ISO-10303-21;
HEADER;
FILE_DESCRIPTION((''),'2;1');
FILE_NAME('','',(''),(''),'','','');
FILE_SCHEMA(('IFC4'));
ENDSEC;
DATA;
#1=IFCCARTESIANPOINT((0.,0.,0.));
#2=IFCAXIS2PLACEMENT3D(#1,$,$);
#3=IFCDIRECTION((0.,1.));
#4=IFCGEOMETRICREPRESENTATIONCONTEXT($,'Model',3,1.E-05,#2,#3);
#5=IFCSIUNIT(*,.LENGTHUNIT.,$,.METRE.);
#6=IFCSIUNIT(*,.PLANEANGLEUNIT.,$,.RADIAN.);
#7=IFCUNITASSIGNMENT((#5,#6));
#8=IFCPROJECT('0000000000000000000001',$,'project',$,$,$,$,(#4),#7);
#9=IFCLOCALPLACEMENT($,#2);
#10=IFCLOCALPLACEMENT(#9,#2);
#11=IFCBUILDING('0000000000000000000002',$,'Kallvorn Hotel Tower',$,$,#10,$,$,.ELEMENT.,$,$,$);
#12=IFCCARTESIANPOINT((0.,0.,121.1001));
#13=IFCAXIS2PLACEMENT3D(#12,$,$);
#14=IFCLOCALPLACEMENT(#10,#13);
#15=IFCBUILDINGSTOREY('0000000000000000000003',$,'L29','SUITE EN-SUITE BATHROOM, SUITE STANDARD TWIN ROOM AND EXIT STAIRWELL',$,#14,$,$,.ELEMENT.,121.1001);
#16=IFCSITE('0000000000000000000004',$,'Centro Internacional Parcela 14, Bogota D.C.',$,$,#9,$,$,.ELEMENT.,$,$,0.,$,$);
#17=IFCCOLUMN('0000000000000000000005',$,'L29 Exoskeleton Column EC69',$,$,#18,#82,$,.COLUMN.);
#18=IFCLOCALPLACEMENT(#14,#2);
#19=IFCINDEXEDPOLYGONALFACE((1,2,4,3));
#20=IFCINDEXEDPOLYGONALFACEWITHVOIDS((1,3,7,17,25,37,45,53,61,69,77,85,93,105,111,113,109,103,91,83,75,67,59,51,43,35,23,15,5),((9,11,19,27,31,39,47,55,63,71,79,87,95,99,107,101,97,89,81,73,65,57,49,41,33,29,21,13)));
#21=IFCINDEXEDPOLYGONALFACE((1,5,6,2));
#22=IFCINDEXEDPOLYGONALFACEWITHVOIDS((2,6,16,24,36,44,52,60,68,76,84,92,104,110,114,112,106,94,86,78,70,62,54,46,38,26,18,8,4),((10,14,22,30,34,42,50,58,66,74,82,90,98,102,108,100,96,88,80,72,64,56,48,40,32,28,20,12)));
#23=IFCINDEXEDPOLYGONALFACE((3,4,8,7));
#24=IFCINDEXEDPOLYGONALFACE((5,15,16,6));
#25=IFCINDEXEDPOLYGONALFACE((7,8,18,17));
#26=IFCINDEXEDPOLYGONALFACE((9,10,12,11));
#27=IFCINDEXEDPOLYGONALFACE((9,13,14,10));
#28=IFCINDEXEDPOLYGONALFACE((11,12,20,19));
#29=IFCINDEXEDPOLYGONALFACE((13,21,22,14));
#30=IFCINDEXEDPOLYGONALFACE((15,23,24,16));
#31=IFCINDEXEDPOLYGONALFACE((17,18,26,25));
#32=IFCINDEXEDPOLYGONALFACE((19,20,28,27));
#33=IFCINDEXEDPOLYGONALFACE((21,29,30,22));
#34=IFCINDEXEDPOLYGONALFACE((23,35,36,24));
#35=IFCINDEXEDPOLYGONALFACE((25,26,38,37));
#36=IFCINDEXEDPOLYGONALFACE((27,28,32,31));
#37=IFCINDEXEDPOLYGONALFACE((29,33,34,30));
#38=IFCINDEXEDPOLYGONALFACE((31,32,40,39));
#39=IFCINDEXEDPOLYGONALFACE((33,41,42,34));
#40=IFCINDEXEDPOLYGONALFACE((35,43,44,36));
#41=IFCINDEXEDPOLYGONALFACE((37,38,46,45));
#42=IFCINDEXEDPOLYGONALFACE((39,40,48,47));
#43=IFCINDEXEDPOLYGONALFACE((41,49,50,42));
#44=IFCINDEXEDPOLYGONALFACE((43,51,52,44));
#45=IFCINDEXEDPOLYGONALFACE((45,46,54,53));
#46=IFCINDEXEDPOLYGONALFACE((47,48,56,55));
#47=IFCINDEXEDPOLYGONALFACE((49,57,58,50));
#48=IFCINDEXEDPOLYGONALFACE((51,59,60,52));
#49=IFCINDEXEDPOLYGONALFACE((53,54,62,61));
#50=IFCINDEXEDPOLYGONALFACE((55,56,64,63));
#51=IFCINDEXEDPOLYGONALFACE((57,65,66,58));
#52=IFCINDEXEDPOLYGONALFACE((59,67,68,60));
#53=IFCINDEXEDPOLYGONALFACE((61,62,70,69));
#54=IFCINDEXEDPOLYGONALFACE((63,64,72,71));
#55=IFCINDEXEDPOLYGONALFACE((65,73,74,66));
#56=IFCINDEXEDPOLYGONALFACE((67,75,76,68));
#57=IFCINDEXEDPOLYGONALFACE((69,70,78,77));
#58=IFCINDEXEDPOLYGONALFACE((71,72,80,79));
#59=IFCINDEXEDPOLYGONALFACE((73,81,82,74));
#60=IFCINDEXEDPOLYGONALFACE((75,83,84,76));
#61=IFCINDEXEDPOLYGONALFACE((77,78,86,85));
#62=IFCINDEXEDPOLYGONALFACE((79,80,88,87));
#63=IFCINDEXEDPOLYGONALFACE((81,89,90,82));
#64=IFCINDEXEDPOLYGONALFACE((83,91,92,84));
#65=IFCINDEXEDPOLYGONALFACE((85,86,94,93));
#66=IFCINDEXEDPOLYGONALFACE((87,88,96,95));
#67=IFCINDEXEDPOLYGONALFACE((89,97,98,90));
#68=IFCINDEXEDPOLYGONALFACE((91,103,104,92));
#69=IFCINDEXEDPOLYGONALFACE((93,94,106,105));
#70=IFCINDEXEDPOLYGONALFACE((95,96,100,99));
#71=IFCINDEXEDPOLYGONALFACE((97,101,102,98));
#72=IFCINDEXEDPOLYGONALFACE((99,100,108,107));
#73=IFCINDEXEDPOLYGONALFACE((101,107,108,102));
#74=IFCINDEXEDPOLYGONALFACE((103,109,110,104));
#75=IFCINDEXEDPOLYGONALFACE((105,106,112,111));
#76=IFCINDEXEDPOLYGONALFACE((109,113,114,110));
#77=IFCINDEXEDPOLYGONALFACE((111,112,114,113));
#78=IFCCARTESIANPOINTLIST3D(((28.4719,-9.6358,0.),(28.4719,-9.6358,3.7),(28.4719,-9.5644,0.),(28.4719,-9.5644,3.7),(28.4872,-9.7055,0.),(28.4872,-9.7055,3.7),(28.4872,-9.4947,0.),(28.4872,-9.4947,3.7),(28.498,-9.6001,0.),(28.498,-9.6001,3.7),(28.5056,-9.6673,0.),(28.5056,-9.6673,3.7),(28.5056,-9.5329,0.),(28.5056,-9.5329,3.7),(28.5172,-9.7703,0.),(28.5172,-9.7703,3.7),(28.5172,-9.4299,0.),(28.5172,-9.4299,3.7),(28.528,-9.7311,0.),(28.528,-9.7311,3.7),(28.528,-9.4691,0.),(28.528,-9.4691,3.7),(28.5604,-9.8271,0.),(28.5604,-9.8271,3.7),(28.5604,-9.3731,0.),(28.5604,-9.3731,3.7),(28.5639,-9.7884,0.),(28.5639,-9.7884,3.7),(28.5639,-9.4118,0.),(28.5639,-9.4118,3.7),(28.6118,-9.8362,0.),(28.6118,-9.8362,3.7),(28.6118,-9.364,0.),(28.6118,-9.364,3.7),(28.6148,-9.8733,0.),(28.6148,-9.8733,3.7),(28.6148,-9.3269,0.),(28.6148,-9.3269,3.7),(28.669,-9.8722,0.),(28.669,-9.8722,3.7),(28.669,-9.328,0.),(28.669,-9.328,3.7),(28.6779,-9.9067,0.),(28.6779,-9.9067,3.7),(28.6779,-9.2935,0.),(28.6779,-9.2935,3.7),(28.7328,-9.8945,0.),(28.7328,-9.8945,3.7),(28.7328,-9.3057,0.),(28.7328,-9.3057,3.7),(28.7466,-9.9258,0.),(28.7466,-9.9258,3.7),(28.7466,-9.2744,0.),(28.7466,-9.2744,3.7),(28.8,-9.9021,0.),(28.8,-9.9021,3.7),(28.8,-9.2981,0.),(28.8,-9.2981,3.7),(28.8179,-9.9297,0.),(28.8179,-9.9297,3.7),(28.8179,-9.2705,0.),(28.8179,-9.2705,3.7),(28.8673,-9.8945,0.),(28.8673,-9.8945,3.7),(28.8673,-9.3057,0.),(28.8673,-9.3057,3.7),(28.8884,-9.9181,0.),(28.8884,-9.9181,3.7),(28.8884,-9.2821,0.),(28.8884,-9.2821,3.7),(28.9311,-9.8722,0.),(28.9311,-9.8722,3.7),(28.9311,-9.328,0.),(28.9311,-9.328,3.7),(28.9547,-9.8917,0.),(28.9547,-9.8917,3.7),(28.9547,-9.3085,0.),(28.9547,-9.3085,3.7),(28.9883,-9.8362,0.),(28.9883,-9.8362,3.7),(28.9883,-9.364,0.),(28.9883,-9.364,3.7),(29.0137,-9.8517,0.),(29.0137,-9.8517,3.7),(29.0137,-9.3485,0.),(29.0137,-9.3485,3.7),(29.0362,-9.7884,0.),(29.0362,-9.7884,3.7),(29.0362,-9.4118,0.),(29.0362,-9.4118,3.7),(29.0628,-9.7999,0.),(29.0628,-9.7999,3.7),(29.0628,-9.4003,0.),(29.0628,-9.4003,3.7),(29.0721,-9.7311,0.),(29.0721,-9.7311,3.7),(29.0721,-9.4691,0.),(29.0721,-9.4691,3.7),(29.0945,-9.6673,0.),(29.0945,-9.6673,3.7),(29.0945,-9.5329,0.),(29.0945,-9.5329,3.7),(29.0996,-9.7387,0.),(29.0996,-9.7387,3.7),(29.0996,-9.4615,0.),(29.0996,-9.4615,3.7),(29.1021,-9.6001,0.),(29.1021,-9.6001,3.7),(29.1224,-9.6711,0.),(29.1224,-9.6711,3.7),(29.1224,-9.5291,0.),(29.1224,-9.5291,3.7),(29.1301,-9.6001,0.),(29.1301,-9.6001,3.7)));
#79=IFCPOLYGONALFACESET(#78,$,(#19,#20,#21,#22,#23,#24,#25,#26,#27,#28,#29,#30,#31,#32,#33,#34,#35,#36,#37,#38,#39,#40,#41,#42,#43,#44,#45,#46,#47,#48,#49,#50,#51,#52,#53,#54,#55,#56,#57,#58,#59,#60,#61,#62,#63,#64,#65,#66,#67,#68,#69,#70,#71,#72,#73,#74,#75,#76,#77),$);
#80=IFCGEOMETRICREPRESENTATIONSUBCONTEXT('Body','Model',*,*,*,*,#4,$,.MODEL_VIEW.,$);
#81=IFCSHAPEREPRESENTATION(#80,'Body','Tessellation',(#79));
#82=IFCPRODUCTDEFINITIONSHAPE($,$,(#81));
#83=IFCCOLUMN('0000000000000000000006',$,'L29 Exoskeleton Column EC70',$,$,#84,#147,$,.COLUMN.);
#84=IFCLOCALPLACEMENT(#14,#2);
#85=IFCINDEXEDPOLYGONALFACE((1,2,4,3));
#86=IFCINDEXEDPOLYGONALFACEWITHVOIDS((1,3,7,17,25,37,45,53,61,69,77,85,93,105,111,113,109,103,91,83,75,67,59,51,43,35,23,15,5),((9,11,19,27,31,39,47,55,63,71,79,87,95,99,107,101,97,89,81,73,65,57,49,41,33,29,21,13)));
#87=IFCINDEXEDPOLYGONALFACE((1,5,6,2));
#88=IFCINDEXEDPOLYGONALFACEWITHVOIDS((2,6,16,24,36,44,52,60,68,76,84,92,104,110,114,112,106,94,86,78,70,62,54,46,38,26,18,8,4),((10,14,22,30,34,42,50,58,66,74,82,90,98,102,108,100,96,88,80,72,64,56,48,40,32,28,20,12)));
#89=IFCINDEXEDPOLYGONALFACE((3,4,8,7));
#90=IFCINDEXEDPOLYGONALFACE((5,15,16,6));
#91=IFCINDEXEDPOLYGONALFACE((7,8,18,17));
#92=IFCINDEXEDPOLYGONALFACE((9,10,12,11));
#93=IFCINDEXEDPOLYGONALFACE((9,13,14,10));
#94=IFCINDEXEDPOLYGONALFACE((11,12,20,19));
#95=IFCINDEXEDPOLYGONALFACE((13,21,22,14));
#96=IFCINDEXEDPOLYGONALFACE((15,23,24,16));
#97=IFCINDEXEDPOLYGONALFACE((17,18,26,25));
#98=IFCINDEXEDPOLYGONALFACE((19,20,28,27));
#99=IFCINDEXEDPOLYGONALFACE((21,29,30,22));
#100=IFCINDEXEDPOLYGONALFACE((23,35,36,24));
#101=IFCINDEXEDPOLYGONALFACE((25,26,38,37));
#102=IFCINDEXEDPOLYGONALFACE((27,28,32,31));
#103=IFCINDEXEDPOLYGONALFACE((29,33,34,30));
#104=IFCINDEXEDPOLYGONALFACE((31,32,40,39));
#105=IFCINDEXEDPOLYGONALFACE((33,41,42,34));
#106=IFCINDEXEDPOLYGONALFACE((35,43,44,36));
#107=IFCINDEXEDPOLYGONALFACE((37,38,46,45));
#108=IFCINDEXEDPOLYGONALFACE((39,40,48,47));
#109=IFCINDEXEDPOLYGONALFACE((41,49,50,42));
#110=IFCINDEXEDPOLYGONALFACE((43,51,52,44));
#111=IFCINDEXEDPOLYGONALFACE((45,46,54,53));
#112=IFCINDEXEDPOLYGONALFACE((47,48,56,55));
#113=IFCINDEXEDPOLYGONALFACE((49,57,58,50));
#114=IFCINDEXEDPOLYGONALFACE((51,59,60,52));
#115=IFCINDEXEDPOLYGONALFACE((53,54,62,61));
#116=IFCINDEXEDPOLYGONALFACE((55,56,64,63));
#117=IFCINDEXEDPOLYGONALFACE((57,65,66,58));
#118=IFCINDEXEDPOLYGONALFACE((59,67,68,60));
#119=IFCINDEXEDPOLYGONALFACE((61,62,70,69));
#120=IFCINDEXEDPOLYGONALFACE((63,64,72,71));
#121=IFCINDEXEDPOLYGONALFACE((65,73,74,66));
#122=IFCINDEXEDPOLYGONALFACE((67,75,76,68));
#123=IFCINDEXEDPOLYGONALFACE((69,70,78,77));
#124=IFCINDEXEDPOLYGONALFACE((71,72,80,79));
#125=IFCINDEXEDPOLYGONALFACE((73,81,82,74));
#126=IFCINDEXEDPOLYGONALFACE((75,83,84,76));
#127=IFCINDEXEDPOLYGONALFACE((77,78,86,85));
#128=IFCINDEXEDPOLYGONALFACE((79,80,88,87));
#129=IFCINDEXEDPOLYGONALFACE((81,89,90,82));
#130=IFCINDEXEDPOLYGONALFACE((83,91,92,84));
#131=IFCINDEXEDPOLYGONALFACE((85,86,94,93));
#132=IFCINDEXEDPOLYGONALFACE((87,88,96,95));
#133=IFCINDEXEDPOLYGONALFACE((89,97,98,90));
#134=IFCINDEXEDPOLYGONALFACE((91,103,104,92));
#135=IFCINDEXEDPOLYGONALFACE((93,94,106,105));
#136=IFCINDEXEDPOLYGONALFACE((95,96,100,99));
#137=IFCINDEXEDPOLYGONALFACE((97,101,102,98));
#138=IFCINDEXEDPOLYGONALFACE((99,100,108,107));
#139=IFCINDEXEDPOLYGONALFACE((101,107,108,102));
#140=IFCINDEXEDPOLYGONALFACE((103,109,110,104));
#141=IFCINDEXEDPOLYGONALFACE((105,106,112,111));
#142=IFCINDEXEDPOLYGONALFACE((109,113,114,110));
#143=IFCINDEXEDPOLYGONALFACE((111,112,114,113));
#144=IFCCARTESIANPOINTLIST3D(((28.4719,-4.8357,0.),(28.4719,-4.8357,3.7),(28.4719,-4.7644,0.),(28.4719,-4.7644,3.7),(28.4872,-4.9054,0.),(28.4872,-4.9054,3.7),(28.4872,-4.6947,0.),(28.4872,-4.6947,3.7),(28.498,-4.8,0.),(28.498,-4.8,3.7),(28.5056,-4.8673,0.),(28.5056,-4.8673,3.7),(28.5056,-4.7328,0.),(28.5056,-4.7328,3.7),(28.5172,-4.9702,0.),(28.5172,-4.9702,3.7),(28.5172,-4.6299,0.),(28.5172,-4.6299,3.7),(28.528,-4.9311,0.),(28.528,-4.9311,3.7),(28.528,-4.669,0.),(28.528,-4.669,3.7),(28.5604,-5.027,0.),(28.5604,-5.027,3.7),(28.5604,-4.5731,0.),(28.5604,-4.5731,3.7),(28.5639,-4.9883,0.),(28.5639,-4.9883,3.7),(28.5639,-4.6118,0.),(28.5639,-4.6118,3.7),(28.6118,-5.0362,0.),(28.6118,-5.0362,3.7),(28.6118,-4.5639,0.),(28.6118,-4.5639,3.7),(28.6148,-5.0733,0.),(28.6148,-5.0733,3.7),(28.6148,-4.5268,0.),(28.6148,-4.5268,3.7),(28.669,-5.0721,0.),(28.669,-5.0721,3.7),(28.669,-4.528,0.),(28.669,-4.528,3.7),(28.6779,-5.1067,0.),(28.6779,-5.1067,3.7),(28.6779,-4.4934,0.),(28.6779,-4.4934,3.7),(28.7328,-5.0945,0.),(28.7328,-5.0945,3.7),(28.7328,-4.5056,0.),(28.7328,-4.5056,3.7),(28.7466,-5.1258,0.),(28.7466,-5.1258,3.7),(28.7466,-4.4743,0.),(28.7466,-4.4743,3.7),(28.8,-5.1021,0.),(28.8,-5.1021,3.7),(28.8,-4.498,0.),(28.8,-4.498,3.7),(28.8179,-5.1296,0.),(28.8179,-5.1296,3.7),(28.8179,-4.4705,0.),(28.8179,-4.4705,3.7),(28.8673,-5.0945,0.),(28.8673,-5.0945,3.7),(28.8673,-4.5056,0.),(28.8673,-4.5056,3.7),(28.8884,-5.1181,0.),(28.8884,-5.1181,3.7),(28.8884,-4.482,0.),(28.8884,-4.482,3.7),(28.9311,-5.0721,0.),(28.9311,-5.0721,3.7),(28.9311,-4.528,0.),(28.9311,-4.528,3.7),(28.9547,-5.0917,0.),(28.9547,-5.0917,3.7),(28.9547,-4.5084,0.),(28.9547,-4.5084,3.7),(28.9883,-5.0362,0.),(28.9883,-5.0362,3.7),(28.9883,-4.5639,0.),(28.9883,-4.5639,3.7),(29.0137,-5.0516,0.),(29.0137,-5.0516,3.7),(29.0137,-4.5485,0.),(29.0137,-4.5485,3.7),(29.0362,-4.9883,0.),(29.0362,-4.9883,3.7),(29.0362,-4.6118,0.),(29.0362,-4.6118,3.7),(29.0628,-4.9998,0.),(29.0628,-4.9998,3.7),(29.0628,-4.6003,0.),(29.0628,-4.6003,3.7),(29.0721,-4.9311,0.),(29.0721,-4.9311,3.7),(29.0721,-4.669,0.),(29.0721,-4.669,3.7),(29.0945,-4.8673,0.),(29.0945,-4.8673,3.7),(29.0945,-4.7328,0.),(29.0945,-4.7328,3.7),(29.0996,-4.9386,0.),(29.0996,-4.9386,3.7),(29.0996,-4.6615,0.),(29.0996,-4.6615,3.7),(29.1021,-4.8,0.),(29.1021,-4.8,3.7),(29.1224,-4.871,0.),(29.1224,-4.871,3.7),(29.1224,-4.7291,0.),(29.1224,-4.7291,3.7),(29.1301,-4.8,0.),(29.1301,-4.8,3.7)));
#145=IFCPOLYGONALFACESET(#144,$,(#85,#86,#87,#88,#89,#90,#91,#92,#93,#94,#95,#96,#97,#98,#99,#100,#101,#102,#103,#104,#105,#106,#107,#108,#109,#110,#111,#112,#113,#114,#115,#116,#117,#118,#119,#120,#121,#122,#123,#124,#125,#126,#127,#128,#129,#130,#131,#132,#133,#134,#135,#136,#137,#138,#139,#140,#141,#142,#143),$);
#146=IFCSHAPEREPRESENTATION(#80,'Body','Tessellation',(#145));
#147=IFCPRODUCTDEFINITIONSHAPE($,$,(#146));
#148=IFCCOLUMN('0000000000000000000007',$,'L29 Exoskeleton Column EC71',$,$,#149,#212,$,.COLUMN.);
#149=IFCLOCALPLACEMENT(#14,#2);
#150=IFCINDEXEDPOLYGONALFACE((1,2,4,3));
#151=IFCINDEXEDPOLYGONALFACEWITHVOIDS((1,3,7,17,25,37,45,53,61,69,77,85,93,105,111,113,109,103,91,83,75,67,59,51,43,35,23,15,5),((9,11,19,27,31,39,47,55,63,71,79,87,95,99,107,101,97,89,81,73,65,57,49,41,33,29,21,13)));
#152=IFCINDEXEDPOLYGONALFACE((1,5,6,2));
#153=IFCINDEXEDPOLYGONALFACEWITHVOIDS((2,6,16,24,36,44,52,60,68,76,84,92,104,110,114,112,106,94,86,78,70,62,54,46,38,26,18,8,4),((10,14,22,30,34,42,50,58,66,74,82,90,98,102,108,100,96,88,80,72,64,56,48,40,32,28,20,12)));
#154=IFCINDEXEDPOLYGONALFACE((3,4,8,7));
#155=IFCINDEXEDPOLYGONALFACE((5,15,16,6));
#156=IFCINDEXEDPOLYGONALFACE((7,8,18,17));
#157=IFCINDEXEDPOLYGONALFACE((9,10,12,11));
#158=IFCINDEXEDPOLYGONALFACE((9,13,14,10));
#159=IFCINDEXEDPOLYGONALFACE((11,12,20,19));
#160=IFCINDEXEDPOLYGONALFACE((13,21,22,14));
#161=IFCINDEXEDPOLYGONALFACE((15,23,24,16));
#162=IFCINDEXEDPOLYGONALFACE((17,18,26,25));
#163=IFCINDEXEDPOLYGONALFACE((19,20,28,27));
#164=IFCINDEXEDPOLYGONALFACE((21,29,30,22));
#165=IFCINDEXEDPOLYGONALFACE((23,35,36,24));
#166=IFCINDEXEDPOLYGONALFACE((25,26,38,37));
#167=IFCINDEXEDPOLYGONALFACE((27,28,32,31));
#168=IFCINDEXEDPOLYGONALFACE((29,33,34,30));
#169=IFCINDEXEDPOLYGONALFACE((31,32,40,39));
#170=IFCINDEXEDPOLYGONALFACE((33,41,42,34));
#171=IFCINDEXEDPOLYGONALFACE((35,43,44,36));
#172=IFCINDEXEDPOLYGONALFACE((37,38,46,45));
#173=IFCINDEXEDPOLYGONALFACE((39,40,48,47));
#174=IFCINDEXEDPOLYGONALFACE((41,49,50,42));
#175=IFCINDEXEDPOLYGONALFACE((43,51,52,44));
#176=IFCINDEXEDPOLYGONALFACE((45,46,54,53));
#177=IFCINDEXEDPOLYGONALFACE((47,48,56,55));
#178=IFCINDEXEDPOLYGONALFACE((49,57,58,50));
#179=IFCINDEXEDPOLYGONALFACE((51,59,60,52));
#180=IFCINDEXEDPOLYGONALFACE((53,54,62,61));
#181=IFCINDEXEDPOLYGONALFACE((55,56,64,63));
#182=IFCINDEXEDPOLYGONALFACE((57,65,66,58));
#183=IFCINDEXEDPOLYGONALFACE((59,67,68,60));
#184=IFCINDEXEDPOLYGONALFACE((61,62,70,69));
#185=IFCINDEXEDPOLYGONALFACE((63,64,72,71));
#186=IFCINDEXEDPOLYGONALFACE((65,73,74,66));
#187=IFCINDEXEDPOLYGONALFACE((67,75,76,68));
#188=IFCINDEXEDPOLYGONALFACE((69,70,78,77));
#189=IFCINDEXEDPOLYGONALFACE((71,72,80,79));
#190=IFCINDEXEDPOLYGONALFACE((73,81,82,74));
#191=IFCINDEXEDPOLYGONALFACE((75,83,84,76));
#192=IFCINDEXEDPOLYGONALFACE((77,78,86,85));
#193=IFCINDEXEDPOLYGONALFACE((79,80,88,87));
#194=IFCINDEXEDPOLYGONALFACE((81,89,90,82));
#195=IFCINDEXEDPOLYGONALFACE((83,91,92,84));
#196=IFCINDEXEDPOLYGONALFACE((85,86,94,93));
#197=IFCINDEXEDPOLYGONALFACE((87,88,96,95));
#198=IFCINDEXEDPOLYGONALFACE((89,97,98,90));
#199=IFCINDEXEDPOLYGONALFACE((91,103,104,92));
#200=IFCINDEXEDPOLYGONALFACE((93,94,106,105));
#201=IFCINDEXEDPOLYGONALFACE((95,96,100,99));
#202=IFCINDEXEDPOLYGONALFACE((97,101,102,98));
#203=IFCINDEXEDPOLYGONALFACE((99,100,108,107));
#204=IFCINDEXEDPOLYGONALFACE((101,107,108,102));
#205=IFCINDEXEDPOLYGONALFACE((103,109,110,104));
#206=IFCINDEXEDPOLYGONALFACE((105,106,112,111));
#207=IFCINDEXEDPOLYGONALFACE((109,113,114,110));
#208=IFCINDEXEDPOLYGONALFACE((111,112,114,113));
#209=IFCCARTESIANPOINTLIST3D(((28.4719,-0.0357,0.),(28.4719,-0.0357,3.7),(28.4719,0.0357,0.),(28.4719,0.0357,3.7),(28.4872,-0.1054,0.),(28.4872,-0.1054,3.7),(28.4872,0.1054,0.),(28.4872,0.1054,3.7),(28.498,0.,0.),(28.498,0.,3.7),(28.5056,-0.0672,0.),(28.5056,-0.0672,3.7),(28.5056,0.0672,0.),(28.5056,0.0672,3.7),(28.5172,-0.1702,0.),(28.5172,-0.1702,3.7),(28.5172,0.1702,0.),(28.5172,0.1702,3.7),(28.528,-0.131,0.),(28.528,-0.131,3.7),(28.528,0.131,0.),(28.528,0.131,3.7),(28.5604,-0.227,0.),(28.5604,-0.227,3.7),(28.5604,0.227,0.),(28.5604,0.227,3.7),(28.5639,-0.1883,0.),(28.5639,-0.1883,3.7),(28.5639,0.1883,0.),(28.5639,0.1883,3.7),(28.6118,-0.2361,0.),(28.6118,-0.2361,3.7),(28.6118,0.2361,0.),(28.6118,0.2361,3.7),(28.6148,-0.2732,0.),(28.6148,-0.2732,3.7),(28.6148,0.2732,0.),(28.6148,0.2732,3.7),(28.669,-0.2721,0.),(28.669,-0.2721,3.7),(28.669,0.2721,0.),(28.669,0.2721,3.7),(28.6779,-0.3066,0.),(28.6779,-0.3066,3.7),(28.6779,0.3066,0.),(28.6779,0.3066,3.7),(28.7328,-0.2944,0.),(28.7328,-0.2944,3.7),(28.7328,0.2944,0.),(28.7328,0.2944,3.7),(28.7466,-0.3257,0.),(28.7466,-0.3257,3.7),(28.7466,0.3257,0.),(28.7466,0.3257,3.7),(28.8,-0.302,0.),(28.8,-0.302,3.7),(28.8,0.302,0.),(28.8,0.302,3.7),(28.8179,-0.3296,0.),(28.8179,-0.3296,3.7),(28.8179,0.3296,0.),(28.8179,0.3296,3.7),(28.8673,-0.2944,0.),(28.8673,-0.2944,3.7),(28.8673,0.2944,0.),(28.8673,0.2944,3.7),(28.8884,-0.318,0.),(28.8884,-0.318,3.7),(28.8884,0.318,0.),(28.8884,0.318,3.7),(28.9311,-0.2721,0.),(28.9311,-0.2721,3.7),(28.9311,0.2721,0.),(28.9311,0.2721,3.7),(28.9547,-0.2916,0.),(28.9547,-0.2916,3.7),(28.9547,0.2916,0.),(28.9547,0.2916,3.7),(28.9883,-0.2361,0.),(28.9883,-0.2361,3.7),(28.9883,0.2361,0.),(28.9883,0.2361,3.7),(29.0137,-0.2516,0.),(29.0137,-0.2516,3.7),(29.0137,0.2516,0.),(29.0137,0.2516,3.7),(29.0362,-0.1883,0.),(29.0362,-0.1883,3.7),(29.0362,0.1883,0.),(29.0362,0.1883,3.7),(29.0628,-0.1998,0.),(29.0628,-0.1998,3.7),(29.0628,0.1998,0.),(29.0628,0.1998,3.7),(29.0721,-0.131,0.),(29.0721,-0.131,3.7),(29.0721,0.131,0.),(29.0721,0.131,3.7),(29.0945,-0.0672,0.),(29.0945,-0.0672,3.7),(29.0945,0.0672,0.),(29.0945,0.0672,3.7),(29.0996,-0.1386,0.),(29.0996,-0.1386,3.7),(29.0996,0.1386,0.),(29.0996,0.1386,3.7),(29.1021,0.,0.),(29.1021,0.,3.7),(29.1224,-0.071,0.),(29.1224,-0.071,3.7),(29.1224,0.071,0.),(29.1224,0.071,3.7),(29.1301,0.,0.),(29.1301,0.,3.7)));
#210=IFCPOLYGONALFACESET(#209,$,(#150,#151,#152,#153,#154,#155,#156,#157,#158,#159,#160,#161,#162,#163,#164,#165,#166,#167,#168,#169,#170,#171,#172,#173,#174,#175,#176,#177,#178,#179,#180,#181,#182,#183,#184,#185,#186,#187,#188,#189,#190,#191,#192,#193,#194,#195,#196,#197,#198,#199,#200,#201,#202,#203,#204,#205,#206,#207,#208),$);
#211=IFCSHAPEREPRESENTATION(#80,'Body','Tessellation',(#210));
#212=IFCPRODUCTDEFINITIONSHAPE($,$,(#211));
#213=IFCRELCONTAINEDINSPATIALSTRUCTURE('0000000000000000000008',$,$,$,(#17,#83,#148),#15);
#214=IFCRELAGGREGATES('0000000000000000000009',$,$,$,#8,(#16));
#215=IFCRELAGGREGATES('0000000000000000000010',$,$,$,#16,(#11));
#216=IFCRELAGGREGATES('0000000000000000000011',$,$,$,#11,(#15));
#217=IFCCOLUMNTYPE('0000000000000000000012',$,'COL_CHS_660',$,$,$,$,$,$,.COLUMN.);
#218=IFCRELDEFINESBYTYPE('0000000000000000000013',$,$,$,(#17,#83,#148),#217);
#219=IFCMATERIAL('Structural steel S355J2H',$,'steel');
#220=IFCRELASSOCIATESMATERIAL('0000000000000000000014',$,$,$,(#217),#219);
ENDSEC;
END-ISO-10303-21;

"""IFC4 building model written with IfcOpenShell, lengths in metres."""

from ifc_helpers import new_model, si_unit, direction, frame, origin, origin_2d, place, context, subcontext, project, spatial, hollow_circle, extrude, material, material_profile, profile_set, type_object, element, save


model = new_model("IFC4")

# Units and contexts
model_context = context("Model", 3, precision=1e-05, world=origin(), true_north=direction((0.0, 1.0)))
body_context = subcontext(model_context, "Body", "Model", "MODEL_VIEW")
ifc_project = project(units=[si_unit("LENGTHUNIT", "METRE"), si_unit("PLANEANGLEUNIT", "RADIAN")], contexts=[model_context])

# Site, building, storey
site_placement = place(None, origin())
site = spatial("IfcSite", under=ifc_project, at=site_placement, Name="Centro Internacional Parcela 14, Bogota D.C.", CompositionType="ELEMENT", RefElevation=0.0)
building_placement = place(site_placement, origin())
building = spatial("IfcBuilding", under=site, at=building_placement, Name="Kallvorn Hotel Tower", CompositionType="ELEMENT")
storey_placement = place(building_placement, frame((0.0, 0.0, 121.1001)))
storey = spatial("IfcBuildingStorey", under=building, at=storey_placement, Name="L29", Description="SUITE EN-SUITE BATHROOM, SUITE STANDARD TWIN ROOM AND EXIT STAIRWELL", CompositionType="ELEMENT", Elevation=121.1001)

# Columns
ifc_material_1 = material(Name="Structural steel S355J2H", Category="steel")
ifc_material_profile_1 = material_profile(ifc_material_1, hollow_circle(Radius=0.3301, WallThickness=0.0281, at=origin_2d()), Name="CHS 660x28")
ifc_profile_set_1 = profile_set([ifc_material_profile_1], Name="Structural steel S355J2H")
column_type = type_object("IfcColumnType", Name="COL_CHS_660", PredefinedType="COLUMN", material=ifc_profile_set_1)
for number, where, z_axis, x_axis, name in (
    (1, (28.8, -9.6001, 0.0), (0.0, 0.0, 1.0), (1.0, 0.0, 0.0), "L29 Exoskeleton Column EC69"),
    (2, (28.8, -4.8, 0.0), (0.0, 0.0, 1.0), (1.0, 0.0, 0.0), "L29 Exoskeleton Column EC70"),
    (3, (28.8, 0.0, 0.0), (0.0, 0.0, 1.0), (1.0, 0.0, 0.0), "L29 Exoskeleton Column EC71"),
):
    element("IfcColumn", number, at=place(storey_placement, frame(where, z_axis=z_axis, x_axis=x_axis)), inside=storey, type_object=column_type, Name=name, PredefinedType="COLUMN", context=body_context, shape_type="SweptSolid", body=[
        extrude(hollow_circle(Radius=0.3301, WallThickness=0.0281, at=origin_2d()), origin(), (0.0, 0.0, 1.0), 3.7),
    ])

save(model, "model.ifc")
